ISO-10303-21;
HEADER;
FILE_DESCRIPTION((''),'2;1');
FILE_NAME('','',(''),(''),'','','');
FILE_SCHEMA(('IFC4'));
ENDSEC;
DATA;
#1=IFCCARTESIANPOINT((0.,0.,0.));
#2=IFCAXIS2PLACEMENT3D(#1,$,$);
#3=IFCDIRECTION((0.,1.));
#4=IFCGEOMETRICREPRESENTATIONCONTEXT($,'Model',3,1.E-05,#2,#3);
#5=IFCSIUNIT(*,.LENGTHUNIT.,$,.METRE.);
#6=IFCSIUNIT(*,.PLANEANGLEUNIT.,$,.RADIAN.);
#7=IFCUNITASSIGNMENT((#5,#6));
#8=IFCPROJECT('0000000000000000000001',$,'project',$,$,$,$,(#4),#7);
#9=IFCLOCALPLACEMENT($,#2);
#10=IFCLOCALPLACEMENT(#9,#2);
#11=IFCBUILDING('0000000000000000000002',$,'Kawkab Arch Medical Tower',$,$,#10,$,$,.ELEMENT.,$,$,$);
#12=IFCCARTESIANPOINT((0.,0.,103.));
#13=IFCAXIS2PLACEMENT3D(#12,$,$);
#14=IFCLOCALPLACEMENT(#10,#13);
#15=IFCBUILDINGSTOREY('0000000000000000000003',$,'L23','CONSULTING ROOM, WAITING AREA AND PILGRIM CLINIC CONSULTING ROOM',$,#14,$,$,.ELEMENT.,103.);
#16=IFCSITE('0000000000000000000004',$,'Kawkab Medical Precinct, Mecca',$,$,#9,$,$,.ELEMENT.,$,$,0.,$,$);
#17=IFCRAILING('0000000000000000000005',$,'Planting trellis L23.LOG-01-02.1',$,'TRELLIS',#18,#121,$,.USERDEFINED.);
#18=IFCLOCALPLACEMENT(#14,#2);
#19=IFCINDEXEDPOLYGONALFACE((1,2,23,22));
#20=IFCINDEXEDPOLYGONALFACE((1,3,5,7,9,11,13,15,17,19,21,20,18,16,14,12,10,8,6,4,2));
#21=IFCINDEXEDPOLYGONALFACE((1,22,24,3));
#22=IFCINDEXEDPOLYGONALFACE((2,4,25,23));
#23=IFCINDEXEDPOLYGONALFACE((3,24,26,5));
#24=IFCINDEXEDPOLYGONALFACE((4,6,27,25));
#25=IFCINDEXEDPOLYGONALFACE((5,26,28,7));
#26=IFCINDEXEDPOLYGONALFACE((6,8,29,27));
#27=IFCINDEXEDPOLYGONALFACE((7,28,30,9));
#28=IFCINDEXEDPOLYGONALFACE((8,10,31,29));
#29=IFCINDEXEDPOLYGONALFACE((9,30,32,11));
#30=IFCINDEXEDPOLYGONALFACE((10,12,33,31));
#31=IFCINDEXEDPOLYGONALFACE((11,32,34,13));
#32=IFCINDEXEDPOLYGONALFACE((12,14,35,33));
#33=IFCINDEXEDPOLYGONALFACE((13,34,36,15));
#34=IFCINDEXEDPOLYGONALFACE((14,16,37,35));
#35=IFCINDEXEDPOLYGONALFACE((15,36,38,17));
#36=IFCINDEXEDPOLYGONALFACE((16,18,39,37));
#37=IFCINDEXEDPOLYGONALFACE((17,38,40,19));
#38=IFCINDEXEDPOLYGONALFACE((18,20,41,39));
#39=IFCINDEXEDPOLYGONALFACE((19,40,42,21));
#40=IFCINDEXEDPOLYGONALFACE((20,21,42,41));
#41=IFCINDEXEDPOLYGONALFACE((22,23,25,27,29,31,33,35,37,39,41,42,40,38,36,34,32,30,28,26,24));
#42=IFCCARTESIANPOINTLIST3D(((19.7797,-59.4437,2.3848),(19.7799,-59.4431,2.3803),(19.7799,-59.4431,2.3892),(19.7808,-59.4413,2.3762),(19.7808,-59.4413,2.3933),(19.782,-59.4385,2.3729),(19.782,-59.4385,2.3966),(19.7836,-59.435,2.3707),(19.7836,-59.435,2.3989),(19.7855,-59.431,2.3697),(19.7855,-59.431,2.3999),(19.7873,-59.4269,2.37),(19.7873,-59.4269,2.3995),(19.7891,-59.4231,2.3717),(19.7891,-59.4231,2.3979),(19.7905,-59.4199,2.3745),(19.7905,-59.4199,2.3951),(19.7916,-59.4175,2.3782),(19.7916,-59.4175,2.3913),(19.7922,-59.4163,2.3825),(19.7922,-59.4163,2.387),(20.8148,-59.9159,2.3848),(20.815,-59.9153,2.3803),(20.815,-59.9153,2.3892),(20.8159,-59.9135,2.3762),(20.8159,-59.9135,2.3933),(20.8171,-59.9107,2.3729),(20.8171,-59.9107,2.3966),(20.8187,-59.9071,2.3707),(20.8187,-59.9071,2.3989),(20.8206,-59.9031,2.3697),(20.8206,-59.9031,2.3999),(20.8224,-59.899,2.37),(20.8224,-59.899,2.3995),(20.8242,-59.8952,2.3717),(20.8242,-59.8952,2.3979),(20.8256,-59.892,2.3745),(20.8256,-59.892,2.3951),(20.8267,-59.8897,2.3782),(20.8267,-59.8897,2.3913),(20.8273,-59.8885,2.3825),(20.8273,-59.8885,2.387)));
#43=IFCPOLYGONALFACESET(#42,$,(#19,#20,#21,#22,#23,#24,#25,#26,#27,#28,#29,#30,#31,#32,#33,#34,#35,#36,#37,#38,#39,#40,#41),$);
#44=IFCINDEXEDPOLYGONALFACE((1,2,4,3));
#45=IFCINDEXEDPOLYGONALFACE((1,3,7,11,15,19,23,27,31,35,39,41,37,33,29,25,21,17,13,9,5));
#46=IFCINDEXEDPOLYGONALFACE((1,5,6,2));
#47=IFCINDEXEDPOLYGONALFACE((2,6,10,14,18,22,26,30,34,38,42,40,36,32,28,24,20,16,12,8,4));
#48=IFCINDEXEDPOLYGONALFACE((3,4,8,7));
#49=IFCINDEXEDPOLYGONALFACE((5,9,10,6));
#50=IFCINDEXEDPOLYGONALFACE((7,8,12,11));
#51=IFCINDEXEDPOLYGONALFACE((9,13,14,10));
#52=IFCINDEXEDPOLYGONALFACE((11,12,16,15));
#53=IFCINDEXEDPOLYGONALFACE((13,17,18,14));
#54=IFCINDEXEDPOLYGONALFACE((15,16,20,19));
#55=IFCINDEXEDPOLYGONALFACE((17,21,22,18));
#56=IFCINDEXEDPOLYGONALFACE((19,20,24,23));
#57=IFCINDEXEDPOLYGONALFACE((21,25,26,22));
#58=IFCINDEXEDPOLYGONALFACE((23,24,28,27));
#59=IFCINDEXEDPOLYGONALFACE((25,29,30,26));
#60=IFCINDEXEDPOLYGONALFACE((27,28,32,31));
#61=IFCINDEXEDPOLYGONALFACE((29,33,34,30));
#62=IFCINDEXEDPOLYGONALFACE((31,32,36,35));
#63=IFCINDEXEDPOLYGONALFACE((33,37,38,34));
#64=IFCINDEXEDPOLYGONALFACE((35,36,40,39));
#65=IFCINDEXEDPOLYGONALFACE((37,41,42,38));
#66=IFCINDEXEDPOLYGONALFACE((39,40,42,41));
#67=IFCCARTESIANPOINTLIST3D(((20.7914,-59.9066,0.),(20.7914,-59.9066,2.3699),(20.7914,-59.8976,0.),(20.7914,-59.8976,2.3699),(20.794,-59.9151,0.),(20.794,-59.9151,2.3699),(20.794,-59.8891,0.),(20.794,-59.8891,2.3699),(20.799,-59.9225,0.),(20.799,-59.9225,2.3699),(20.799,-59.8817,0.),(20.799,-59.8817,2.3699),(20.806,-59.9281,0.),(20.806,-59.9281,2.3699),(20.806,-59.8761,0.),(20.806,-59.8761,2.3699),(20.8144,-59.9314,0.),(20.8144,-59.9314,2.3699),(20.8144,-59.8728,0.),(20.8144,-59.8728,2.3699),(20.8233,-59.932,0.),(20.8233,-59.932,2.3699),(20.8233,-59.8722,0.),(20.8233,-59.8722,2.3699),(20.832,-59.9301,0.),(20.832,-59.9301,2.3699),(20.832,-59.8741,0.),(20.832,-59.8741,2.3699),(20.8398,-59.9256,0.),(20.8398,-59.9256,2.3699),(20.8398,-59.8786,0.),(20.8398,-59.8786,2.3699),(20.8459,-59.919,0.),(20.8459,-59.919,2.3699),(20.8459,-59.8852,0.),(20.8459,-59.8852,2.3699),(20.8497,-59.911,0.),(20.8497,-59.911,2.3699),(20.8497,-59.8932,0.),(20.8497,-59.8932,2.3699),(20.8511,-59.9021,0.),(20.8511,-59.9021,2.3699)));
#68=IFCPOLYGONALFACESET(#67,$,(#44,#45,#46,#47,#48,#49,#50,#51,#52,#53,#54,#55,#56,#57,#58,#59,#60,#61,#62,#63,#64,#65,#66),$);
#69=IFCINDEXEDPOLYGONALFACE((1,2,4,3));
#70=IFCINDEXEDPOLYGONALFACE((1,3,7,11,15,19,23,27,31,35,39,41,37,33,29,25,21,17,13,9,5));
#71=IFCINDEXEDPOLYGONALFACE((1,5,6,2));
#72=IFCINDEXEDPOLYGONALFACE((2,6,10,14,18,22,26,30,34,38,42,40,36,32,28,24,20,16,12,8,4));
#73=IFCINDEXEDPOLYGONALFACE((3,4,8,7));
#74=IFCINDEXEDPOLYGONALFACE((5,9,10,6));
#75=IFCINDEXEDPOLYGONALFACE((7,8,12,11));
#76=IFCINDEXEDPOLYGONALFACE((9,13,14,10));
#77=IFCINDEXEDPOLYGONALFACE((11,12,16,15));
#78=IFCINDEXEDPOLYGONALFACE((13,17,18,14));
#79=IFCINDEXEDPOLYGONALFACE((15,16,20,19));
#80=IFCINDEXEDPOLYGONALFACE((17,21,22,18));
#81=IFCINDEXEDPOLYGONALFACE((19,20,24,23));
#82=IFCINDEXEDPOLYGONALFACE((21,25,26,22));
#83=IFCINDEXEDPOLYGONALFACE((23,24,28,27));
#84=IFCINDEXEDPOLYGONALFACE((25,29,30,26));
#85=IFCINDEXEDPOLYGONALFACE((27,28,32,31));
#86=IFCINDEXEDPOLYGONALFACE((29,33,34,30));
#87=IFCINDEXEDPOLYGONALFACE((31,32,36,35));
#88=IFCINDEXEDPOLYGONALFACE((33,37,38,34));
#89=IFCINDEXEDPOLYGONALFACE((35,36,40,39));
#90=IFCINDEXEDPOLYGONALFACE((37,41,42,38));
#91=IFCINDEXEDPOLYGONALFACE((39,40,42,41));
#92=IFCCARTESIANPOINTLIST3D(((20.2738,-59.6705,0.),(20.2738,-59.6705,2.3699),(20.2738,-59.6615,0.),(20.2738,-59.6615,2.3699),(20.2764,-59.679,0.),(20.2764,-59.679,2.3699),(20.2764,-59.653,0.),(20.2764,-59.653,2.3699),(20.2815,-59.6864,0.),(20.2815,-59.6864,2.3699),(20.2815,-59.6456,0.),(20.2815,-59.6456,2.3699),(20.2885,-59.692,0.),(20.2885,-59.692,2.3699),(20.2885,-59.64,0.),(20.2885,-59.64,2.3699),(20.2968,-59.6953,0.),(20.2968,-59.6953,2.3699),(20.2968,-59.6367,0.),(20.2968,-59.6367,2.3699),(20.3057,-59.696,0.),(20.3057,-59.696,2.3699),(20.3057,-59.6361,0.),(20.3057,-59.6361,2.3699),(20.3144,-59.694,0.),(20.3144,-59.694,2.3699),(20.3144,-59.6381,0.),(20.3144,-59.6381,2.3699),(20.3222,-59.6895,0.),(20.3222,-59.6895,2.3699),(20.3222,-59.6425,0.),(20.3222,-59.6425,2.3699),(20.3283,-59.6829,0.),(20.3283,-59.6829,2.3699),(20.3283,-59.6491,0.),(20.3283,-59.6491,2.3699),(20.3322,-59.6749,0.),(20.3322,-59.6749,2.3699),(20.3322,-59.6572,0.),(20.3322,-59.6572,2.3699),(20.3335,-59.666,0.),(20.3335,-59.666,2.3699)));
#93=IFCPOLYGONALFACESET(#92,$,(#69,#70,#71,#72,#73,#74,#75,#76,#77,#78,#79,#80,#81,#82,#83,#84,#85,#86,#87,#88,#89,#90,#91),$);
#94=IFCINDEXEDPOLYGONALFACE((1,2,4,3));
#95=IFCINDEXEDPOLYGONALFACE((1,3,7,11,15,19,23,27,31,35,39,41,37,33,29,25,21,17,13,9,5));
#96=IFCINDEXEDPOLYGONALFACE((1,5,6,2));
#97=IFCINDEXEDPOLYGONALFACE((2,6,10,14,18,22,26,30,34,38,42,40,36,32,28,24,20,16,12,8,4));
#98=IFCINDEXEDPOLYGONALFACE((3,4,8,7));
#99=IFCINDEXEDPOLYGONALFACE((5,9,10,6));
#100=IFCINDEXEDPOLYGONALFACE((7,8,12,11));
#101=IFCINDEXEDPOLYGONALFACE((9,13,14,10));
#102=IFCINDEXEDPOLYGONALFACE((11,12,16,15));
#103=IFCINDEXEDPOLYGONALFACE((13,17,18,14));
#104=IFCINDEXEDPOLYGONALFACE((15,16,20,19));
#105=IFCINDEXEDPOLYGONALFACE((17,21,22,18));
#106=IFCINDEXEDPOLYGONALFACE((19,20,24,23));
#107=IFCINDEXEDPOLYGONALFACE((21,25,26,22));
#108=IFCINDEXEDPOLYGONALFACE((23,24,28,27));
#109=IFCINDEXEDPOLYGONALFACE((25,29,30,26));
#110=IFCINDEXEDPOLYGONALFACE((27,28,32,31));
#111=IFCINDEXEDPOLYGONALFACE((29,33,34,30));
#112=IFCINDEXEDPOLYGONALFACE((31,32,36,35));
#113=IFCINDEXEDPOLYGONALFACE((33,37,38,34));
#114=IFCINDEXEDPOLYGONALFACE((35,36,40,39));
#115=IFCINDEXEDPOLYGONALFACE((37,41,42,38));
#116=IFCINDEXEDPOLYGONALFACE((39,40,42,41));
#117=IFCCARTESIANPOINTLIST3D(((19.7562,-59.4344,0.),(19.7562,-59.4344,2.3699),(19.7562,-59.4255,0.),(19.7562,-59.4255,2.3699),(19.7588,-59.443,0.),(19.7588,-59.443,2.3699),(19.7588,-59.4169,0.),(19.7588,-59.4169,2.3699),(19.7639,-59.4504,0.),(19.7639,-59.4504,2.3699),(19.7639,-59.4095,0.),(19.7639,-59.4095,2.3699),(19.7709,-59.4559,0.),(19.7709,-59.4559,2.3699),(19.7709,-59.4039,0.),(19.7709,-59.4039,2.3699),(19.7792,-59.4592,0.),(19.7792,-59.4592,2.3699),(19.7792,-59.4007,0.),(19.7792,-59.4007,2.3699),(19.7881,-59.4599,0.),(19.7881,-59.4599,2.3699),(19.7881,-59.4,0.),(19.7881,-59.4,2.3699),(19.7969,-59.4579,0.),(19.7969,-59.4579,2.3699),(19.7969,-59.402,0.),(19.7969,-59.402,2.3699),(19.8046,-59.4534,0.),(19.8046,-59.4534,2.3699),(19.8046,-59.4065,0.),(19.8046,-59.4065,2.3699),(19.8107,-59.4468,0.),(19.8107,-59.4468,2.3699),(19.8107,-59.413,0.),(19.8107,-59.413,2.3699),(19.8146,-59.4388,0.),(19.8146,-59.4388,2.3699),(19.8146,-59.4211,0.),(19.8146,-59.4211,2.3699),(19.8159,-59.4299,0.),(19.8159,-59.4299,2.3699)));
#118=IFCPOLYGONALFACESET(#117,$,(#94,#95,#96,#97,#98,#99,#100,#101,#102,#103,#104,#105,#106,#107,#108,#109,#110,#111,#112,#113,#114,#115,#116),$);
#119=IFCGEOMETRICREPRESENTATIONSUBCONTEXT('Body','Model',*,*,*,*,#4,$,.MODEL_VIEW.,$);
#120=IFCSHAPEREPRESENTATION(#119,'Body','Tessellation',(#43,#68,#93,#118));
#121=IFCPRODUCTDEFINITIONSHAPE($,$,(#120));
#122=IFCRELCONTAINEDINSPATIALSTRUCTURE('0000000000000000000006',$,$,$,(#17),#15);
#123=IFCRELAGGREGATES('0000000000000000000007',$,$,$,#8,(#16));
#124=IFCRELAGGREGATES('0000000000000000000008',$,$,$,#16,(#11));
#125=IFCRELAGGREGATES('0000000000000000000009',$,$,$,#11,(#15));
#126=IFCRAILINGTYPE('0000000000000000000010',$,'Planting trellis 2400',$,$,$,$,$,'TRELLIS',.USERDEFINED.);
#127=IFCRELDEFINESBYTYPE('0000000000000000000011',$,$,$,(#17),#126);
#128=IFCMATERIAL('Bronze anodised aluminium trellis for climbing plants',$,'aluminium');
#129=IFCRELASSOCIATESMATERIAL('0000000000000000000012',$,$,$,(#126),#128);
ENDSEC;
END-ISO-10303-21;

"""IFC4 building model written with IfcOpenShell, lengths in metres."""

from ifc_helpers import new_model, si_unit, direction, frame, origin, origin_2d, place, context, subcontext, project, spatial, circle, extrude, material, type_object, element, save


model = new_model("IFC4")

# Units and contexts
model_context = context("Model", 3, precision=1e-05, world=origin(), true_north=direction((0.0, 1.0)))
body_context = subcontext(model_context, "Body", "Model", "MODEL_VIEW")
ifc_project = project(units=[si_unit("LENGTHUNIT", "METRE"), si_unit("PLANEANGLEUNIT", "RADIAN")], contexts=[model_context])

# Site, building, storey
site_placement = place(None, origin())
site = spatial("IfcSite", under=ifc_project, at=site_placement, Name="Kawkab Medical Precinct, Mecca", CompositionType="ELEMENT", RefElevation=0.0)
building_placement = place(site_placement, origin())
building = spatial("IfcBuilding", under=site, at=building_placement, Name="Kawkab Arch Medical Tower", CompositionType="ELEMENT")
storey_placement = place(building_placement, frame((0.0, 0.0, 103.0)))
storey = spatial("IfcBuildingStorey", under=building, at=storey_placement, Name="L23", Description="CONSULTING ROOM, WAITING AREA AND PILGRIM CLINIC CONSULTING ROOM", CompositionType="ELEMENT", Elevation=103.0)

# Railing
ifc_material_1 = material(Name="Bronze anodised aluminium trellis for climbing plants", Category="aluminium")
railing_type_1 = type_object("IfcRailingType", Name="Planting trellis 2400", ElementType="TRELLIS", PredefinedType="USERDEFINED", material=ifc_material_1)
railing_1_placement = place(storey_placement, frame((20.821, -59.9021, 0.0)))
element("IfcRailing", 1, at=railing_1_placement, inside=storey, type_object=railing_type_1, Name="Planting trellis L23.LOG-01-02.1", ObjectType="TRELLIS", PredefinedType="USERDEFINED", context=body_context, shape_type="SweptSolid", body=[
    extrude(circle(Radius=0.0151, at=origin_2d()), frame((0.0, 0.0, 2.3848), z_axis=(-0.909822, 0.414999, 0.0), x_axis=(-0.414999, -0.909822, 0.0)), (0.0, 0.0, 1.0), 1.1377),
    extrude(circle(Radius=0.03, at=origin_2d()), origin(), (0.0, 0.0, 1.0), 2.3699),
    extrude(circle(Radius=0.03, at=origin_2d()), frame((-0.5176, 0.2361, 0.0)), (0.0, 0.0, 1.0), 2.3699),
    extrude(circle(Radius=0.03, at=origin_2d()), frame((-1.0352, 0.4722, 0.0)), (0.0, 0.0, 1.0), 2.3699),
])

save(model, "model.ifc")
